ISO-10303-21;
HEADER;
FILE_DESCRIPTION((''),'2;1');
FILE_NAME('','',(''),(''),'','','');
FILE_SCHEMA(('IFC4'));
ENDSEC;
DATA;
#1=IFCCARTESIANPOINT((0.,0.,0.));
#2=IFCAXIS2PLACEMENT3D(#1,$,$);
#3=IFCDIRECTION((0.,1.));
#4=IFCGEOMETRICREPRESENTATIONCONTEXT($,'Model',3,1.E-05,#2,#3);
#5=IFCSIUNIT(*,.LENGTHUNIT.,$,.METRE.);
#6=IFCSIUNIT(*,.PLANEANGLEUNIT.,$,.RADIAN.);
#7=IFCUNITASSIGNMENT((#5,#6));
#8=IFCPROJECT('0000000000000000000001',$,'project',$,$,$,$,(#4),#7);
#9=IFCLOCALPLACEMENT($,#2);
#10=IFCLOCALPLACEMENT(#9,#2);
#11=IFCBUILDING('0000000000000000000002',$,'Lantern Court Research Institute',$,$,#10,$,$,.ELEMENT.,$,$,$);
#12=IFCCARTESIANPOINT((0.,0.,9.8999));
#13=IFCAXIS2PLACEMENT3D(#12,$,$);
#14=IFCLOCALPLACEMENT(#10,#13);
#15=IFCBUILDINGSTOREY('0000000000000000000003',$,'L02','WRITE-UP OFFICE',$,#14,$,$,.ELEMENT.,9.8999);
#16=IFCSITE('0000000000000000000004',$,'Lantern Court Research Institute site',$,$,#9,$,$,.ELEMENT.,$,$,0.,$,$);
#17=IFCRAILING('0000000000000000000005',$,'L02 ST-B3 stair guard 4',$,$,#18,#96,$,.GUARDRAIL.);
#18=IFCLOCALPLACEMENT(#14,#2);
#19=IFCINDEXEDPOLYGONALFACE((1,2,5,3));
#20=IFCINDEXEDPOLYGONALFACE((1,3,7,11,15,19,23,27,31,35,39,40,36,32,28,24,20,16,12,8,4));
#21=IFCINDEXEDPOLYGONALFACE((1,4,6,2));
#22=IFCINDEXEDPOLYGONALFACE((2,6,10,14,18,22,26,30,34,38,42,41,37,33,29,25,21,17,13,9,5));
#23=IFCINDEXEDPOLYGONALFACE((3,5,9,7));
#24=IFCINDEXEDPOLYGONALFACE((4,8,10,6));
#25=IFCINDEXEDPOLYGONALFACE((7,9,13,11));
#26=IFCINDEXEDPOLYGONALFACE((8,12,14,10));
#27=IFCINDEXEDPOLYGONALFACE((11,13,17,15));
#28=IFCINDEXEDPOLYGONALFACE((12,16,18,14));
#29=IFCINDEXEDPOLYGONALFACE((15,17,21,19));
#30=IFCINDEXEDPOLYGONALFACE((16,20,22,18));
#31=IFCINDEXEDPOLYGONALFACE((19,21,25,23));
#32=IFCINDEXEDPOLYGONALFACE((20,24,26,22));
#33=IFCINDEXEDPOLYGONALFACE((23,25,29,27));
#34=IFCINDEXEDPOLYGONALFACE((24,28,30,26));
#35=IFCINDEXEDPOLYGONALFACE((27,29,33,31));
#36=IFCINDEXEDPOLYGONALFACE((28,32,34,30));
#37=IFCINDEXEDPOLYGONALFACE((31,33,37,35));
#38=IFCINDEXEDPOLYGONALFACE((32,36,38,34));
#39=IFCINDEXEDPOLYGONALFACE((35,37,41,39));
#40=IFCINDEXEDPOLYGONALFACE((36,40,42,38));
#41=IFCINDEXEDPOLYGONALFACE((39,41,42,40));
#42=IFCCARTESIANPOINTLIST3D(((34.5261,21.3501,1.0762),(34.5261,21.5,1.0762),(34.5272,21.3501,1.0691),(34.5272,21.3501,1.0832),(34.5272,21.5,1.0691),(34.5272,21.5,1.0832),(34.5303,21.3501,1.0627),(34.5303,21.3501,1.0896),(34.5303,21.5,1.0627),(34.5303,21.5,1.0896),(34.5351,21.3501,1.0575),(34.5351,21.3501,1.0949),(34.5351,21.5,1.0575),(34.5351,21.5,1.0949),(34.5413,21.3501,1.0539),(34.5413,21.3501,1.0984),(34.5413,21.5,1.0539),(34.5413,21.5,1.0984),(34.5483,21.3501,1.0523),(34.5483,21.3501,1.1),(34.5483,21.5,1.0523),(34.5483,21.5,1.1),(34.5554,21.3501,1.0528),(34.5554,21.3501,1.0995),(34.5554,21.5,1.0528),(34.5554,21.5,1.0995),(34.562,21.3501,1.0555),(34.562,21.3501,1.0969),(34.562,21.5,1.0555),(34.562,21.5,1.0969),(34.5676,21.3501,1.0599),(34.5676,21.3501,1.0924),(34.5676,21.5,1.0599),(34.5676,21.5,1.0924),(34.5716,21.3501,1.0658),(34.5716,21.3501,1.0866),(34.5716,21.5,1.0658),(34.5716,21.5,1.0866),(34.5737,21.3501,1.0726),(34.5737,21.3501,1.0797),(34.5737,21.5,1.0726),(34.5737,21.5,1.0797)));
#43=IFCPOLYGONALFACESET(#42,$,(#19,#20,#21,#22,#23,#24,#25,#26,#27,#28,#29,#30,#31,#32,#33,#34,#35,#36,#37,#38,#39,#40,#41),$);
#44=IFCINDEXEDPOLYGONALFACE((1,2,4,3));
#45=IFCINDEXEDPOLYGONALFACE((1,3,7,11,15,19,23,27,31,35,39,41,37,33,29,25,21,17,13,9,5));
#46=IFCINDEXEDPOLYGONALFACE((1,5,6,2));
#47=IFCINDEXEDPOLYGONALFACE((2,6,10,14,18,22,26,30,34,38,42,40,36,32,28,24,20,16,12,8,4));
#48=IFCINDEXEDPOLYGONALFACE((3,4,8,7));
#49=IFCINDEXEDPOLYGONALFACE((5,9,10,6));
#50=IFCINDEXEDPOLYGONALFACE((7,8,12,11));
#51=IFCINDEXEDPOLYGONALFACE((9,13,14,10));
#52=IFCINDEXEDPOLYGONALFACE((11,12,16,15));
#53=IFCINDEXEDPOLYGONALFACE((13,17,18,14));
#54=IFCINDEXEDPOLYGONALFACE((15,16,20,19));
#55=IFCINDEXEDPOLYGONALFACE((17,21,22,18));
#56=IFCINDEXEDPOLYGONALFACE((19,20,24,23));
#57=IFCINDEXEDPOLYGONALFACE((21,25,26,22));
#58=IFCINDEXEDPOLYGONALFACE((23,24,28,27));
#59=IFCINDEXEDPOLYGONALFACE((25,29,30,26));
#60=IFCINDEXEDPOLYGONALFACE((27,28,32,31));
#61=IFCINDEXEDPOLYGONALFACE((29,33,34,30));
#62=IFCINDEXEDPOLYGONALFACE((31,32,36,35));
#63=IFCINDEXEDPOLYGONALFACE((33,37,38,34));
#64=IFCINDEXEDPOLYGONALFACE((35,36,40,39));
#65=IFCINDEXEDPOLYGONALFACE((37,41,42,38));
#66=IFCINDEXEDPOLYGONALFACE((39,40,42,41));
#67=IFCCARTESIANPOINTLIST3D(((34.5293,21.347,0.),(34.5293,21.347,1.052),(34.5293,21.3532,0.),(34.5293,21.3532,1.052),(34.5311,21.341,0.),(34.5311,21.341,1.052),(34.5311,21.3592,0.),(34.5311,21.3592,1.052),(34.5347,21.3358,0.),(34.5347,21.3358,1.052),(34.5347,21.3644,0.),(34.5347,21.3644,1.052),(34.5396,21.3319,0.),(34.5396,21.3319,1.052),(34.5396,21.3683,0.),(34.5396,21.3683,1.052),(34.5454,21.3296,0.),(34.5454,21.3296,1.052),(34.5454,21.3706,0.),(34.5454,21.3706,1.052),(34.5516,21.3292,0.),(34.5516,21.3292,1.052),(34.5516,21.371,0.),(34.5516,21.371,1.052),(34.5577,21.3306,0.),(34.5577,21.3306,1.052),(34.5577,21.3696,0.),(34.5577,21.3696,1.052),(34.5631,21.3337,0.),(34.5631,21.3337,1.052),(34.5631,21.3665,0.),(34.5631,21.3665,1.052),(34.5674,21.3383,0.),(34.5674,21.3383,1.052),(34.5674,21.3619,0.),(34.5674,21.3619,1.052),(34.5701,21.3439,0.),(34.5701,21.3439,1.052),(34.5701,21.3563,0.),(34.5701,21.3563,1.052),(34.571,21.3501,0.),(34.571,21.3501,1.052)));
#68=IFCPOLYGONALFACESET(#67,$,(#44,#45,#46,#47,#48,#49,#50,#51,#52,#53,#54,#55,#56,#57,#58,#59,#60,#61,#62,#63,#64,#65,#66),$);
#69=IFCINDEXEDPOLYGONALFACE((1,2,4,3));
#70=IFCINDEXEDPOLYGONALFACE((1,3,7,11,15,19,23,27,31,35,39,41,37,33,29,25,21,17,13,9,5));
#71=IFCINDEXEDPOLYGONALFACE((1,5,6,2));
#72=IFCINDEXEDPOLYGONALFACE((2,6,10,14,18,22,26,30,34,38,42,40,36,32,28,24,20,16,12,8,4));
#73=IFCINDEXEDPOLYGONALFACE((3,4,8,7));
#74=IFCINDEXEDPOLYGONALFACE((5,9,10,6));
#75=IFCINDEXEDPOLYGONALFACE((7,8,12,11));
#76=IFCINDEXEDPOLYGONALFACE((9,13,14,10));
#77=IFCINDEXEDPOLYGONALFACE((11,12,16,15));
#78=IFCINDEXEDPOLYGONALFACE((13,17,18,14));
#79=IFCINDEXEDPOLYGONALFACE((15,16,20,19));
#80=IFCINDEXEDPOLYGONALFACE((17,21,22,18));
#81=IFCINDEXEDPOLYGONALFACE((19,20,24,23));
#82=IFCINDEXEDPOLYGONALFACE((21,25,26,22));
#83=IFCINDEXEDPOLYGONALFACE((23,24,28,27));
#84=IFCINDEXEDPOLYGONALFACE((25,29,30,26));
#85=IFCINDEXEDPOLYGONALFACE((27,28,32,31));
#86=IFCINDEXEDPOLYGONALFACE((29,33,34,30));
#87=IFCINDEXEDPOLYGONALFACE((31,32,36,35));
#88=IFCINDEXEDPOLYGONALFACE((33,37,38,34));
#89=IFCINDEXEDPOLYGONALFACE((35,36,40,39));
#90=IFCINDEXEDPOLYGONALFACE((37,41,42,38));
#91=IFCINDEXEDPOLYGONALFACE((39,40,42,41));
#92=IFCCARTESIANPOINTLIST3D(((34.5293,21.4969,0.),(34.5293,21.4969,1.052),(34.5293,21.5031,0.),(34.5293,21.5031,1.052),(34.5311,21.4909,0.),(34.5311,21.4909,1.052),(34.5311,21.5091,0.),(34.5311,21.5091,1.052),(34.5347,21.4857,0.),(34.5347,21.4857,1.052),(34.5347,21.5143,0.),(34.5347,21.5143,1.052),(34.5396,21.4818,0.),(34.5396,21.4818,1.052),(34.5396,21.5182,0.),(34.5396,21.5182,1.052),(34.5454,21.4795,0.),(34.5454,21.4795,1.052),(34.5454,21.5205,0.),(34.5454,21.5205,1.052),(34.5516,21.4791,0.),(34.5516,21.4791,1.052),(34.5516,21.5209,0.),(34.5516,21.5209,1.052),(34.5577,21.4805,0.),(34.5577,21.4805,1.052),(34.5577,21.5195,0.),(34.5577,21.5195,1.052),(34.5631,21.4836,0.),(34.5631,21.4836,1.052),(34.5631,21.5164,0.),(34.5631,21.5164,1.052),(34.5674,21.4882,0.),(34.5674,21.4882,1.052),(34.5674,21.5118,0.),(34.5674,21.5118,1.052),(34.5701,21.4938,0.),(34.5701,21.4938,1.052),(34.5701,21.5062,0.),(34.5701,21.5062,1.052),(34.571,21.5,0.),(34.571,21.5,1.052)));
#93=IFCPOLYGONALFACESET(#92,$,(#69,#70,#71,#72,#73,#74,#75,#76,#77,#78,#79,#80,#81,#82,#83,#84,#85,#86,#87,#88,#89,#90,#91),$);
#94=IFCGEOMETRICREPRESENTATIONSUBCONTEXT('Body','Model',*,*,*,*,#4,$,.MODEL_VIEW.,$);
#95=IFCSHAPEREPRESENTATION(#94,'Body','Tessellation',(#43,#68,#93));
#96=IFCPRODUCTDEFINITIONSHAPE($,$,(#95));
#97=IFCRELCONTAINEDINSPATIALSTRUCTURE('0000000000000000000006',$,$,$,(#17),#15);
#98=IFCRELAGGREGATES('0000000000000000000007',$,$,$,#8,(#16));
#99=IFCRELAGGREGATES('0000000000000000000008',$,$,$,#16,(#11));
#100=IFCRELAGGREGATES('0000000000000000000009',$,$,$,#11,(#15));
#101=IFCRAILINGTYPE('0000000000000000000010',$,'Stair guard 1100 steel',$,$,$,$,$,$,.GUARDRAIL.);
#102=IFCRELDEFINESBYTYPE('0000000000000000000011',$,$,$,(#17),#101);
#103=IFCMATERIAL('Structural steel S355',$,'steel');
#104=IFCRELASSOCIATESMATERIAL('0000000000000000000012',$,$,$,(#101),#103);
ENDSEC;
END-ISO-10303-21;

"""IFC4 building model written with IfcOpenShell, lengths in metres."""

from ifc_helpers import new_model, si_unit, direction, frame, origin, origin_2d, place, context, subcontext, project, spatial, circle, extrude, material, type_object, element, save


model = new_model("IFC4")

# Units and contexts
model_context = context("Model", 3, precision=1e-05, world=origin(), true_north=direction((0.0, 1.0)))
body_context = subcontext(model_context, "Body", "Model", "MODEL_VIEW")
ifc_project = project(units=[si_unit("LENGTHUNIT", "METRE"), si_unit("PLANEANGLEUNIT", "RADIAN")], contexts=[model_context])

# Site, building, storey
site_placement = place(None, origin())
site = spatial("IfcSite", under=ifc_project, at=site_placement, Name="Lantern Court Research Institute site", CompositionType="ELEMENT", RefElevation=0.0)
building_placement = place(site_placement, origin())
building = spatial("IfcBuilding", under=site, at=building_placement, Name="Lantern Court Research Institute", CompositionType="ELEMENT")
storey_placement = place(building_placement, frame((0.0, 0.0, 9.8999)))
storey = spatial("IfcBuildingStorey", under=building, at=storey_placement, Name="L02", Description="WRITE-UP OFFICE", CompositionType="ELEMENT", Elevation=9.8999)

# Railing
ifc_material_1 = material(Name="Structural steel S355", Category="steel")
railing_type_1 = type_object("IfcRailingType", Name="Stair guard 1100 steel", PredefinedType="GUARDRAIL", material=ifc_material_1)
railing_1_placement = place(storey_placement, frame((34.55, 21.3501, 0.0)))
element("IfcRailing", 1, at=railing_1_placement, inside=storey, type_object=railing_type_1, Name="L02 ST-B3 stair guard 4", PredefinedType="GUARDRAIL", context=body_context, shape_type="SweptSolid", body=[
    extrude(circle(Radius=0.0239, at=origin_2d()), frame((0.0, 0.0, 1.0762), z_axis=(0.0, 1.0, 0.0), x_axis=(-1.0, 0.0, 0.0)), (0.0, 0.0, 1.0), 0.1499),
    extrude(circle(Radius=0.021, at=origin_2d()), origin(), (0.0, 0.0, 1.0), 1.052),
    extrude(circle(Radius=0.021, at=origin_2d()), frame((0.0, 0.1499, 0.0)), (0.0, 0.0, 1.0), 1.052),
])

save(model, "model.ifc")
